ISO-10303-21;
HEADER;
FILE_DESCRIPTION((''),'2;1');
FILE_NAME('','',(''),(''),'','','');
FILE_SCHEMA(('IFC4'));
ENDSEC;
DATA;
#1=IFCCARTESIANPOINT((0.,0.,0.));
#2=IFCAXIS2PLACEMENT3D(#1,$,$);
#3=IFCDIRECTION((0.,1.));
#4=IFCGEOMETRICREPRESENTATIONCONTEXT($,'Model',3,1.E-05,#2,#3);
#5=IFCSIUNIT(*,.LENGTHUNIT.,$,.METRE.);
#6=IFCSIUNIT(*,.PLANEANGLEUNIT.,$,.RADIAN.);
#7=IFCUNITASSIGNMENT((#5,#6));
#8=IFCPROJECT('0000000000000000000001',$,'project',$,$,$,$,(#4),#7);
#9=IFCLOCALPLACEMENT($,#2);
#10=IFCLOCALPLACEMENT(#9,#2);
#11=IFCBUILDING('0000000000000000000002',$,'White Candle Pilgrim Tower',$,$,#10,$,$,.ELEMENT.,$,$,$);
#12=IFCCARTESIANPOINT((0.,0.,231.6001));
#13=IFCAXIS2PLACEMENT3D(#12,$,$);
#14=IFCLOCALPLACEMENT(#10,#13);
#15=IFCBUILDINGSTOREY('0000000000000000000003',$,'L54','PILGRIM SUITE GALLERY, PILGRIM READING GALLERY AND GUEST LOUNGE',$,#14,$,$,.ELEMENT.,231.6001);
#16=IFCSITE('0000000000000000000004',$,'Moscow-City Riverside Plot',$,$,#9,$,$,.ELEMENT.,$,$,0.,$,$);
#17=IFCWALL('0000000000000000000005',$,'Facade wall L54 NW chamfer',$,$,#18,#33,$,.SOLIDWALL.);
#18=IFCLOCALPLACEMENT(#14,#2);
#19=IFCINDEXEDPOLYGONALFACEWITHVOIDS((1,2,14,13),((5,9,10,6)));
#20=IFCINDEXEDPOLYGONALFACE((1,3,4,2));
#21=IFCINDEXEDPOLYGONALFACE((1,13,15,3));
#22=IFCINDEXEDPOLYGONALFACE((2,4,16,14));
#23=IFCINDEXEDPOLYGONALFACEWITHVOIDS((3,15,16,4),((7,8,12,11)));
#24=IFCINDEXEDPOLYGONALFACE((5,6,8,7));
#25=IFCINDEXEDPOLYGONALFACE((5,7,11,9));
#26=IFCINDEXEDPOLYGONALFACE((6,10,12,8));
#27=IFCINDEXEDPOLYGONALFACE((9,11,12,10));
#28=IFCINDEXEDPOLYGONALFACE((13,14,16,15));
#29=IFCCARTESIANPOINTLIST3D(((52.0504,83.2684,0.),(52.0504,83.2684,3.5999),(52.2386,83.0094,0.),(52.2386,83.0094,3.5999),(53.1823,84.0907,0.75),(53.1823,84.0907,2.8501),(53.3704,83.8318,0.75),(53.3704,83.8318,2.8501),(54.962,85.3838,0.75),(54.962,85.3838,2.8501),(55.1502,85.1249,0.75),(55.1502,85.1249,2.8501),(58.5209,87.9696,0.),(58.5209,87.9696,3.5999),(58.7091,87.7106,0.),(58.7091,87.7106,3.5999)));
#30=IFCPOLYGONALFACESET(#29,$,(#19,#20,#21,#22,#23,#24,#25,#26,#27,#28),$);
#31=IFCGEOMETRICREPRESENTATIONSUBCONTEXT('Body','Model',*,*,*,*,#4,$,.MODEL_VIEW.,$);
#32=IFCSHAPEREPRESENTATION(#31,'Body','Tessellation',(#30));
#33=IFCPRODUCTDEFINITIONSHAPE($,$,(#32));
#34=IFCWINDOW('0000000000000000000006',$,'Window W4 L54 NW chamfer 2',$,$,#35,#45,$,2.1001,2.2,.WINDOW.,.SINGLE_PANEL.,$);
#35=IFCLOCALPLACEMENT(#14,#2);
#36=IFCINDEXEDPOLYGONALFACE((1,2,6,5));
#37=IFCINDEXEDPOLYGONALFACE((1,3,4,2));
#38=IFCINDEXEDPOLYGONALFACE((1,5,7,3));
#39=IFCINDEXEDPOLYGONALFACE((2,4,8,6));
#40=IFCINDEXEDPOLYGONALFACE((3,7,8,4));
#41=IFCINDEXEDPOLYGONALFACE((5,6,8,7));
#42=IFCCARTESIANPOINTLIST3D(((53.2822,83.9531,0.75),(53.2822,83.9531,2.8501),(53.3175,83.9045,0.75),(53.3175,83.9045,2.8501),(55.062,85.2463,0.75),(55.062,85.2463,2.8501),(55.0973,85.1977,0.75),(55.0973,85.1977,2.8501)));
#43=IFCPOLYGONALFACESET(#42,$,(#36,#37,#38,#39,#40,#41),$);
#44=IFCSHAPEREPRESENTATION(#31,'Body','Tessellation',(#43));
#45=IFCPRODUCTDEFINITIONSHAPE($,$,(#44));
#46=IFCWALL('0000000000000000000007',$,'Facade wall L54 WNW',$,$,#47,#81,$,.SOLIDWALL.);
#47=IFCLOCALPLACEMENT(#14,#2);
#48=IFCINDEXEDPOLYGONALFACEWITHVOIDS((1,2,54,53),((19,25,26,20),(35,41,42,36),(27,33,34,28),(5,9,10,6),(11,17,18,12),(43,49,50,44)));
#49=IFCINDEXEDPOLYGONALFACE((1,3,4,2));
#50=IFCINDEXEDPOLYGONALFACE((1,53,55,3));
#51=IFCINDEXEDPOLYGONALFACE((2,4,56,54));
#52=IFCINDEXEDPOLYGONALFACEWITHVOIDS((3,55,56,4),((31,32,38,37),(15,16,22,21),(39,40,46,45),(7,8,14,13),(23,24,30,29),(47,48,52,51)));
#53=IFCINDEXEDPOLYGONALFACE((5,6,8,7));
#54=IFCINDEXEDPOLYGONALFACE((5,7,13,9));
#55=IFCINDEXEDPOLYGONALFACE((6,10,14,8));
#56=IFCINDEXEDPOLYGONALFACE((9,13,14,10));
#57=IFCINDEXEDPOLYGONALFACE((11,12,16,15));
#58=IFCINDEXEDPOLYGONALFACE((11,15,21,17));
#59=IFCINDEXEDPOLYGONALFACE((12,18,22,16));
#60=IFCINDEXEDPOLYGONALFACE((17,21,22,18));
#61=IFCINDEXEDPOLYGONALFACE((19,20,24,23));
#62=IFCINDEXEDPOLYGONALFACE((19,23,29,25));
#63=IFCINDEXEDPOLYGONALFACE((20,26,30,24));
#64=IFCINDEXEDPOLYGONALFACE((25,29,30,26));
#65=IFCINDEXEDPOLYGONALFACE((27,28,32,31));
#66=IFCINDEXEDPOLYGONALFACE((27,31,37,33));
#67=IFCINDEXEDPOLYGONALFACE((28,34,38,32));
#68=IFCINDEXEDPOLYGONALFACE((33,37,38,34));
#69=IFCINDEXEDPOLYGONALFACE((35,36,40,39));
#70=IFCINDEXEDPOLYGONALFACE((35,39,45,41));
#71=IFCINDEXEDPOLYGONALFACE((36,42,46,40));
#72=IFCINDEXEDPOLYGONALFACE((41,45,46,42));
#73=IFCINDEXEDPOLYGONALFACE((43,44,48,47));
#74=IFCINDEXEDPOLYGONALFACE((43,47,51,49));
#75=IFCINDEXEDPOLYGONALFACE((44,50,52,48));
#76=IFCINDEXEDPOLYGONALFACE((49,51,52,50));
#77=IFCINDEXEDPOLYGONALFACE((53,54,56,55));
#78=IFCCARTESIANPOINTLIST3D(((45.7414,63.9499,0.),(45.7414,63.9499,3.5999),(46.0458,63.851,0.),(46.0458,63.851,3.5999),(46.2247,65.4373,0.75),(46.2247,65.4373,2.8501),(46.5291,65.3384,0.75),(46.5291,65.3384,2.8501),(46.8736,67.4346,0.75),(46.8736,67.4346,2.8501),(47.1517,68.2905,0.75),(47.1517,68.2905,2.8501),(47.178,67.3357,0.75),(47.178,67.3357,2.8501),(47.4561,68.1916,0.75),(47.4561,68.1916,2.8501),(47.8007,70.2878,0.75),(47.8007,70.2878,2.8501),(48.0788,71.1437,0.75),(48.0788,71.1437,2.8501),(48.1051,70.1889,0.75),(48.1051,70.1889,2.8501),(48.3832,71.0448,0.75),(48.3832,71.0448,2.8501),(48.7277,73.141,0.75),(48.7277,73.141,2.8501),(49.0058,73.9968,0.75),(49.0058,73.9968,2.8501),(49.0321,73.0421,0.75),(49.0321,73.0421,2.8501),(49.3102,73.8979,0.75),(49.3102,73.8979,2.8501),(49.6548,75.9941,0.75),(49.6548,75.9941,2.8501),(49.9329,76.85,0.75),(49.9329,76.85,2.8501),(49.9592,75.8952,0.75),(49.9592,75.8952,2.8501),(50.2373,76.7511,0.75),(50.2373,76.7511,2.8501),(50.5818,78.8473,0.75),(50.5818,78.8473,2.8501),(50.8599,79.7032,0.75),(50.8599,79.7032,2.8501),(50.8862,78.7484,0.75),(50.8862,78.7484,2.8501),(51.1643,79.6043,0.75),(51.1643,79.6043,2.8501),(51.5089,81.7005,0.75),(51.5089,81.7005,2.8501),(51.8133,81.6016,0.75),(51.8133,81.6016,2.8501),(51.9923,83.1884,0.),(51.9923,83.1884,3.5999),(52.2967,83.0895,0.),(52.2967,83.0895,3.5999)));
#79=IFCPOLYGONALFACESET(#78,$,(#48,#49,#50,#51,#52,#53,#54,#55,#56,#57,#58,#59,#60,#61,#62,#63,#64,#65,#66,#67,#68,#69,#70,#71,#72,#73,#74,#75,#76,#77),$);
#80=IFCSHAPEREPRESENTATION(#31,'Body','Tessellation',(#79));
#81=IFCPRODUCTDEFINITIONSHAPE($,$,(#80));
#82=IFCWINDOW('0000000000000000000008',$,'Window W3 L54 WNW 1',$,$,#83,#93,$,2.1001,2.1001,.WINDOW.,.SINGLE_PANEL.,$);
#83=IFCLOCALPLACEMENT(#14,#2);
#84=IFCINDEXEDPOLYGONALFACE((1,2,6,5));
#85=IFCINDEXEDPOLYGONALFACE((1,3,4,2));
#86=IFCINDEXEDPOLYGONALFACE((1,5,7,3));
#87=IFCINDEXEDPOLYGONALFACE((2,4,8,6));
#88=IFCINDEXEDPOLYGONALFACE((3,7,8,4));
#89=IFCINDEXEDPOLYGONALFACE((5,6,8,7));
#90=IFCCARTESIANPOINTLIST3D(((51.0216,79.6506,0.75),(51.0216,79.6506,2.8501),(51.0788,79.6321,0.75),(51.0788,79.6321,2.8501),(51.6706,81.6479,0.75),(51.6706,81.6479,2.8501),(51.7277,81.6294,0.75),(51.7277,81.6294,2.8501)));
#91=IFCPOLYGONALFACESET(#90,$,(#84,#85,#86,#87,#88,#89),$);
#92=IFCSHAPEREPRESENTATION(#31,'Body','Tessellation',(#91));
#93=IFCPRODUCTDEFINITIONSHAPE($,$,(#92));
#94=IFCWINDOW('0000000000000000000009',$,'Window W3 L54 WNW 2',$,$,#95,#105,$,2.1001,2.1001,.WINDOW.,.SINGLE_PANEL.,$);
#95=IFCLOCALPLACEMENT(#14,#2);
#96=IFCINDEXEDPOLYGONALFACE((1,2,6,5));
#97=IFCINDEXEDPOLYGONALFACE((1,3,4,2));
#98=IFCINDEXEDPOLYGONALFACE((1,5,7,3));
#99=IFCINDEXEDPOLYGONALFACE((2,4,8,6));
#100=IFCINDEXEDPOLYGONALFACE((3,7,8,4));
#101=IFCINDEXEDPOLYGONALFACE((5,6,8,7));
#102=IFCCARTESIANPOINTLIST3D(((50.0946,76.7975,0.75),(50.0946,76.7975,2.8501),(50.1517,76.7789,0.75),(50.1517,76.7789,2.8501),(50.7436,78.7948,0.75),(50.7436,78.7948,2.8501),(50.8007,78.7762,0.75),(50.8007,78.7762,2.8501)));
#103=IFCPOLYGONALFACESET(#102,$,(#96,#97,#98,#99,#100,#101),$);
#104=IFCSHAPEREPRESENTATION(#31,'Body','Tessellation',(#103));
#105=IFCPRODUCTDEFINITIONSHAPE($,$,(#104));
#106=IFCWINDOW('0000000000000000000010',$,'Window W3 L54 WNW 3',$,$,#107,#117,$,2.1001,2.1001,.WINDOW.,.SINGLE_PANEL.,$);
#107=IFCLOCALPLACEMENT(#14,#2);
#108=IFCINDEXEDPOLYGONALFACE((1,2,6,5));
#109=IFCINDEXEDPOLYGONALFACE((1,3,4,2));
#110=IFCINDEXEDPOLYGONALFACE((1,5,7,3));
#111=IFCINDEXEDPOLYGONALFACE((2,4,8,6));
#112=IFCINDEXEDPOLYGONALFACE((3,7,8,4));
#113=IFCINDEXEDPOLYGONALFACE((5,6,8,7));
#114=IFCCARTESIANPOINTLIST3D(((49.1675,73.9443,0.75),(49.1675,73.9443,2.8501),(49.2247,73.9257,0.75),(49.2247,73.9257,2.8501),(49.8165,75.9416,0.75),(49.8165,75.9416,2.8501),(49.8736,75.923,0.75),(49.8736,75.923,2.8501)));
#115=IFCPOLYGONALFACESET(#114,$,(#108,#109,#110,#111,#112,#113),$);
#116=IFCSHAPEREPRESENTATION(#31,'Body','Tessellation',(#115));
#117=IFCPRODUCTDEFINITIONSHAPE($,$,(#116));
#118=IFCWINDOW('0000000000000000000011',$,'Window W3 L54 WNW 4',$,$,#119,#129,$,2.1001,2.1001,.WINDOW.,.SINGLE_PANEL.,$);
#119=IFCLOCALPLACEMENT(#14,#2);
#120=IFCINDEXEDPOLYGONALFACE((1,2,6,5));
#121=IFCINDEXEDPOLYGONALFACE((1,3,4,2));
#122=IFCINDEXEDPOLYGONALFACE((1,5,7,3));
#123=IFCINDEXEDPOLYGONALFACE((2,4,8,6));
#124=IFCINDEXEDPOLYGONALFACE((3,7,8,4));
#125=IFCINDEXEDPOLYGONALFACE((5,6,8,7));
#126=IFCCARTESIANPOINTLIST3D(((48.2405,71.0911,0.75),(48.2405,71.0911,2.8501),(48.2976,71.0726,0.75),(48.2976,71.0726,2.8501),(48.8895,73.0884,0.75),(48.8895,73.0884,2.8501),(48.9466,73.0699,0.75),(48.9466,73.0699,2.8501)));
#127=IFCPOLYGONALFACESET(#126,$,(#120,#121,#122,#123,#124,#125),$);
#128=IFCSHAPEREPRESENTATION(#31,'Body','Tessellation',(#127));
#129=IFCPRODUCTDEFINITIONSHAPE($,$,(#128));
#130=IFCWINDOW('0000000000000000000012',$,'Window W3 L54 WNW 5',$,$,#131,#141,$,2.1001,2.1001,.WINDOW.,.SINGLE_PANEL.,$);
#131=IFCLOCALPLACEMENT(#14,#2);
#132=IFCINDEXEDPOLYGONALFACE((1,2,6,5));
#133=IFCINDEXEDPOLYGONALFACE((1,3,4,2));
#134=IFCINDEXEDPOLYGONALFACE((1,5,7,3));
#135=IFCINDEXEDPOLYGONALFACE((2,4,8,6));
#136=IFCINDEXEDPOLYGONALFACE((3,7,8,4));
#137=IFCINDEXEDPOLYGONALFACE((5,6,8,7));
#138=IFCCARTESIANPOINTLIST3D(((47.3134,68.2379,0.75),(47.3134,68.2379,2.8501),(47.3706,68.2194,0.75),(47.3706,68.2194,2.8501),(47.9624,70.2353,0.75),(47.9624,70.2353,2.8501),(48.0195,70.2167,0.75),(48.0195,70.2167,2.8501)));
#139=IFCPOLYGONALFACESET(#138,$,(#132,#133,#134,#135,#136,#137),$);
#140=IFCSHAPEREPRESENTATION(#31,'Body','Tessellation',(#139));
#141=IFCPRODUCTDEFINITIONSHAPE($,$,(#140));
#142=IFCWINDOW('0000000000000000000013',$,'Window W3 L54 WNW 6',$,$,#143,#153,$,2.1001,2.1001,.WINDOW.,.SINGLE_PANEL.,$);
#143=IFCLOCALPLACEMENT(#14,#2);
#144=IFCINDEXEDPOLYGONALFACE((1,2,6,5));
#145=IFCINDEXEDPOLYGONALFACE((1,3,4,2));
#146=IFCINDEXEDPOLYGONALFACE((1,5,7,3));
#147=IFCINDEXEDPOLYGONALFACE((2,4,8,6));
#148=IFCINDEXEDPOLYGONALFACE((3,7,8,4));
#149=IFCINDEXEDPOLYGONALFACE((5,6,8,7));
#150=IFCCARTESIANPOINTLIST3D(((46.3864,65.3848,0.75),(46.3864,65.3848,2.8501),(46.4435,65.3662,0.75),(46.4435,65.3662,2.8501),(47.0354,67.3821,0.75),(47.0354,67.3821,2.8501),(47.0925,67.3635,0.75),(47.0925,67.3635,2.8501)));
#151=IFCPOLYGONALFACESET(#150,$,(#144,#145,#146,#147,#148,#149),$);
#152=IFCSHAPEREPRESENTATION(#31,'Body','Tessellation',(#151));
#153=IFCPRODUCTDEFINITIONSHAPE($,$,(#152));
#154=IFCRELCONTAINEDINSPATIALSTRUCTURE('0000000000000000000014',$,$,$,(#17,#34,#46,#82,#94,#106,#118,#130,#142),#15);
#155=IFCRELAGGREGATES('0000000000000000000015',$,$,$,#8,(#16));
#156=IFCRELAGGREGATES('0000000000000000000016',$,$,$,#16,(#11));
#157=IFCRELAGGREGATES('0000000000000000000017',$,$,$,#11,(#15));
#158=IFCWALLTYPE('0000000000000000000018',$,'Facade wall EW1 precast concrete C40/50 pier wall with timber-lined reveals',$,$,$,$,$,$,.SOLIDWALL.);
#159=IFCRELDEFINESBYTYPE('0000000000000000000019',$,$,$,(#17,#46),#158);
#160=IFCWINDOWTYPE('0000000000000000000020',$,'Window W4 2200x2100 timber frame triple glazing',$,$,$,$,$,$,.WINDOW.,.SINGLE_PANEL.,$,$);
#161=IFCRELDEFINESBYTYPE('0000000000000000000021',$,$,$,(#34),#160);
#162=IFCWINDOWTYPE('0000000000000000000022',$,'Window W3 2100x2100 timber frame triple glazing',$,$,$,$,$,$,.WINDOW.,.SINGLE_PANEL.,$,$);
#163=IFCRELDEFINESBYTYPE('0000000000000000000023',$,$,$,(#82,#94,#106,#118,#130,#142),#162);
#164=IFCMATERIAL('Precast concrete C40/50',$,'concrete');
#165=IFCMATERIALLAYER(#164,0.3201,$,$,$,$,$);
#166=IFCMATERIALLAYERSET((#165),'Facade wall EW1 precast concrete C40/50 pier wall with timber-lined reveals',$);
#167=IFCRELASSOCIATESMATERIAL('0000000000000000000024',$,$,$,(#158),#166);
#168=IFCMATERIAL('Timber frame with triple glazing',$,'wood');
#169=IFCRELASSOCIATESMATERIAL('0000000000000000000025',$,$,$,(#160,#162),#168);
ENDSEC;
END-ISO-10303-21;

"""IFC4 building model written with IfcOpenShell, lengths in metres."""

from ifc_helpers import new_model, si_unit, direction, frame, frame_2d, origin, place, context, subcontext, project, spatial, rectangle, extrude, material, layer, layer_set, type_object, element, fill, save


model = new_model("IFC4")

# Units and contexts
model_context = context("Model", 3, precision=1e-05, world=origin(), true_north=direction((0.0, 1.0)))
body_context = subcontext(model_context, "Body", "Model", "MODEL_VIEW")
ifc_project = project(units=[si_unit("LENGTHUNIT", "METRE"), si_unit("PLANEANGLEUNIT", "RADIAN")], contexts=[model_context])

# Site, building, storey
site_placement = place(None, origin())
site = spatial("IfcSite", under=ifc_project, at=site_placement, Name="Moscow-City Riverside Plot", CompositionType="ELEMENT", RefElevation=0.0)
building_placement = place(site_placement, origin())
building = spatial("IfcBuilding", under=site, at=building_placement, Name="White Candle Pilgrim Tower", CompositionType="ELEMENT")
storey_placement = place(building_placement, frame((0.0, 0.0, 231.6001)))
storey = spatial("IfcBuildingStorey", under=building, at=storey_placement, Name="L54", Description="PILGRIM SUITE GALLERY, PILGRIM READING GALLERY AND GUEST LOUNGE", CompositionType="ELEMENT", Elevation=231.6001)

# Wall, opening, window
ifc_material_1 = material(Name="Precast concrete C40/50", Category="concrete")
ifc_layer_1 = layer(ifc_material_1, 0.3201)
ifc_layer_set_1 = layer_set([ifc_layer_1], Name="Facade wall EW1 precast concrete C40/50 pier wall with timber-lined reveals")
wall_type_1 = type_object("IfcWallType", Name="Facade wall EW1 precast concrete C40/50 pier wall with timber-lined reveals", PredefinedType="SOLIDWALL", material=ifc_layer_set_1)
wall_1_placement = place(storey_placement, frame((58.615, 87.8401, 0.0), z_axis=(0.0, 0.0, 1.0), x_axis=(-0.809011, -0.587794, 0.0)))
wall_1 = element("IfcWall", 1, at=wall_1_placement, inside=storey, type_object=wall_type_1, Name="Facade wall L54 NW chamfer", PredefinedType="SOLIDWALL", context=body_context, shape_type="SweptSolid", body=[
    extrude(rectangle(XDim=7.998, YDim=0.3201, at=frame_2d((3.999, 0.0))), origin(), (0.0, 0.0, 1.0), 3.5999),
])
opening_1_placement = place(wall_1_placement, frame((4.3989, 0.0, 0.75)))
opening_1 = element("IfcOpeningElement", 2, at=opening_1_placement, cuts=wall_1, PredefinedType="OPENING", context=body_context, shape_type="SweptSolid", body=[
    extrude(rectangle(XDim=2.2, YDim=2.1001, at=frame_2d((1.1001, 1.05))), frame((0.0, 0.1699, 0.0), z_axis=(0.0, -1.0, 0.0), x_axis=(1.0, 0.0, 0.0)), (0.0, 0.0, 1.0), 0.3401),
])
ifc_material_2 = material(Name="Timber frame with triple glazing", Category="wood")
window_type_1 = type_object("IfcWindowType", Name="Window W4 2200x2100 timber frame triple glazing", PartitioningType="SINGLE_PANEL", PredefinedType="WINDOW", material=ifc_material_2)
window_1_placement = place(opening_1_placement, origin())
window_1 = element("IfcWindow", 3, at=window_1_placement, inside=storey, type_object=window_type_1, Name="Window W4 L54 NW chamfer 2", OverallHeight=2.1001, OverallWidth=2.2, PartitioningType="SINGLE_PANEL", PredefinedType="WINDOW", context=body_context, shape_type="SweptSolid", body=[
    extrude(rectangle(XDim=2.2, YDim=2.1001, at=frame_2d((1.1001, 1.05))), frame((0.0, 0.0701, 0.0), z_axis=(0.0, -1.0, 0.0), x_axis=(1.0, 0.0, 0.0)), (0.0, 0.0, 1.0), 0.0601),
])
fill(opening_1, window_1)

# Wall, openings, windows
wall_2_placement = place(storey_placement, frame((52.1445, 83.1389, 0.0), z_axis=(0.0, 0.0, 1.0), x_axis=(-0.309017, -0.951057, 0.0)))
wall_2 = element("IfcWall", 4, at=wall_2_placement, inside=storey, type_object=wall_type_1, Name="Facade wall L54 WNW", PredefinedType="SOLIDWALL", context=body_context, shape_type="SweptSolid", body=[
    extrude(rectangle(XDim=20.2285, YDim=0.3201, at=frame_2d((10.1143, 0.0))), origin(), (0.0, 0.0, 1.0), 3.5999),
])
opening_2_placement = place(wall_2_placement, frame((1.5645, 0.0, 0.75)))
opening_2 = element("IfcOpeningElement", 5, at=opening_2_placement, cuts=wall_2, PredefinedType="OPENING", context=body_context, shape_type="SweptSolid", body=[
    extrude(rectangle(XDim=2.1001, YDim=2.1001, at=frame_2d((1.05, 1.05))), frame((0.0, 0.1699, 0.0), z_axis=(0.0, -1.0, 0.0), x_axis=(1.0, 0.0, 0.0)), (0.0, 0.0, 1.0), 0.3401),
])
opening_3_placement = place(wall_2_placement, frame((4.5645, 0.0, 0.75)))
opening_3 = element("IfcOpeningElement", 6, at=opening_3_placement, cuts=wall_2, PredefinedType="OPENING", context=body_context, shape_type="SweptSolid", body=[
    extrude(rectangle(XDim=2.1001, YDim=2.1001, at=frame_2d((1.05, 1.05))), frame((0.0, 0.1699, 0.0), z_axis=(0.0, -1.0, 0.0), x_axis=(1.0, 0.0, 0.0)), (0.0, 0.0, 1.0), 0.3401),
])
opening_4_placement = place(wall_2_placement, frame((7.5645, 0.0, 0.75)))
opening_4 = element("IfcOpeningElement", 7, at=opening_4_placement, cuts=wall_2, PredefinedType="OPENING", context=body_context, shape_type="SweptSolid", body=[
    extrude(rectangle(XDim=2.1001, YDim=2.1001, at=frame_2d((1.05, 1.05))), frame((0.0, 0.1699, 0.0), z_axis=(0.0, -1.0, 0.0), x_axis=(1.0, 0.0, 0.0)), (0.0, 0.0, 1.0), 0.3401),
])
opening_5_placement = place(wall_2_placement, frame((10.5645, 0.0, 0.75)))
opening_5 = element("IfcOpeningElement", 8, at=opening_5_placement, cuts=wall_2, PredefinedType="OPENING", context=body_context, shape_type="SweptSolid", body=[
    extrude(rectangle(XDim=2.1001, YDim=2.1001, at=frame_2d((1.05, 1.05))), frame((0.0, 0.1699, 0.0), z_axis=(0.0, -1.0, 0.0), x_axis=(1.0, 0.0, 0.0)), (0.0, 0.0, 1.0), 0.3401),
])
opening_6_placement = place(wall_2_placement, frame((13.5645, 0.0, 0.75)))
opening_6 = element("IfcOpeningElement", 9, at=opening_6_placement, cuts=wall_2, PredefinedType="OPENING", context=body_context, shape_type="SweptSolid", body=[
    extrude(rectangle(XDim=2.1001, YDim=2.1001, at=frame_2d((1.05, 1.05))), frame((0.0, 0.1699, 0.0), z_axis=(0.0, -1.0, 0.0), x_axis=(1.0, 0.0, 0.0)), (0.0, 0.0, 1.0), 0.3401),
])
opening_7_placement = place(wall_2_placement, frame((16.5645, 0.0, 0.75)))
opening_7 = element("IfcOpeningElement", 10, at=opening_7_placement, cuts=wall_2, PredefinedType="OPENING", context=body_context, shape_type="SweptSolid", body=[
    extrude(rectangle(XDim=2.1001, YDim=2.1001, at=frame_2d((1.05, 1.05))), frame((0.0, 0.1699, 0.0), z_axis=(0.0, -1.0, 0.0), x_axis=(1.0, 0.0, 0.0)), (0.0, 0.0, 1.0), 0.3401),
])
window_type_2 = type_object("IfcWindowType", Name="Window W3 2100x2100 timber frame triple glazing", PartitioningType="SINGLE_PANEL", PredefinedType="WINDOW", material=ifc_material_2)
window_2_placement = place(opening_2_placement, origin())
window_2 = element("IfcWindow", 11, at=window_2_placement, inside=storey, type_object=window_type_2, Name="Window W3 L54 WNW 1", OverallHeight=2.1001, OverallWidth=2.1001, PartitioningType="SINGLE_PANEL", PredefinedType="WINDOW", context=body_context, shape_type="SweptSolid", body=[
    extrude(rectangle(XDim=2.1001, YDim=2.1001, at=frame_2d((1.05, 1.05))), frame((0.0, 0.0701, 0.0), z_axis=(0.0, -1.0, 0.0), x_axis=(1.0, 0.0, 0.0)), (0.0, 0.0, 1.0), 0.0601),
])
fill(opening_2, window_2)
window_3_placement = place(opening_3_placement, origin())
window_3 = element("IfcWindow", 12, at=window_3_placement, inside=storey, type_object=window_type_2, Name="Window W3 L54 WNW 2", OverallHeight=2.1001, OverallWidth=2.1001, PartitioningType="SINGLE_PANEL", PredefinedType="WINDOW", context=body_context, shape_type="SweptSolid", body=[
    extrude(rectangle(XDim=2.1001, YDim=2.1001, at=frame_2d((1.05, 1.05))), frame((0.0, 0.0701, 0.0), z_axis=(0.0, -1.0, 0.0), x_axis=(1.0, 0.0, 0.0)), (0.0, 0.0, 1.0), 0.0601),
])
fill(opening_3, window_3)
window_4_placement = place(opening_4_placement, origin())
window_4 = element("IfcWindow", 13, at=window_4_placement, inside=storey, type_object=window_type_2, Name="Window W3 L54 WNW 3", OverallHeight=2.1001, OverallWidth=2.1001, PartitioningType="SINGLE_PANEL", PredefinedType="WINDOW", context=body_context, shape_type="SweptSolid", body=[
    extrude(rectangle(XDim=2.1001, YDim=2.1001, at=frame_2d((1.05, 1.05))), frame((0.0, 0.0701, 0.0), z_axis=(0.0, -1.0, 0.0), x_axis=(1.0, 0.0, 0.0)), (0.0, 0.0, 1.0), 0.0601),
])
fill(opening_4, window_4)
window_5_placement = place(opening_5_placement, origin())
window_5 = element("IfcWindow", 14, at=window_5_placement, inside=storey, type_object=window_type_2, Name="Window W3 L54 WNW 4", OverallHeight=2.1001, OverallWidth=2.1001, PartitioningType="SINGLE_PANEL", PredefinedType="WINDOW", context=body_context, shape_type="SweptSolid", body=[
    extrude(rectangle(XDim=2.1001, YDim=2.1001, at=frame_2d((1.05, 1.05))), frame((0.0, 0.0701, 0.0), z_axis=(0.0, -1.0, 0.0), x_axis=(1.0, 0.0, 0.0)), (0.0, 0.0, 1.0), 0.0601),
])
fill(opening_5, window_5)
window_6_placement = place(opening_6_placement, origin())
window_6 = element("IfcWindow", 15, at=window_6_placement, inside=storey, type_object=window_type_2, Name="Window W3 L54 WNW 5", OverallHeight=2.1001, OverallWidth=2.1001, PartitioningType="SINGLE_PANEL", PredefinedType="WINDOW", context=body_context, shape_type="SweptSolid", body=[
    extrude(rectangle(XDim=2.1001, YDim=2.1001, at=frame_2d((1.05, 1.05))), frame((0.0, 0.0701, 0.0), z_axis=(0.0, -1.0, 0.0), x_axis=(1.0, 0.0, 0.0)), (0.0, 0.0, 1.0), 0.0601),
])
fill(opening_6, window_6)
window_7_placement = place(opening_7_placement, origin())
window_7 = element("IfcWindow", 16, at=window_7_placement, inside=storey, type_object=window_type_2, Name="Window W3 L54 WNW 6", OverallHeight=2.1001, OverallWidth=2.1001, PartitioningType="SINGLE_PANEL", PredefinedType="WINDOW", context=body_context, shape_type="SweptSolid", body=[
    extrude(rectangle(XDim=2.1001, YDim=2.1001, at=frame_2d((1.05, 1.05))), frame((0.0, 0.0701, 0.0), z_axis=(0.0, -1.0, 0.0), x_axis=(1.0, 0.0, 0.0)), (0.0, 0.0, 1.0), 0.0601),
])
fill(opening_7, window_7)

save(model, "model.ifc")
